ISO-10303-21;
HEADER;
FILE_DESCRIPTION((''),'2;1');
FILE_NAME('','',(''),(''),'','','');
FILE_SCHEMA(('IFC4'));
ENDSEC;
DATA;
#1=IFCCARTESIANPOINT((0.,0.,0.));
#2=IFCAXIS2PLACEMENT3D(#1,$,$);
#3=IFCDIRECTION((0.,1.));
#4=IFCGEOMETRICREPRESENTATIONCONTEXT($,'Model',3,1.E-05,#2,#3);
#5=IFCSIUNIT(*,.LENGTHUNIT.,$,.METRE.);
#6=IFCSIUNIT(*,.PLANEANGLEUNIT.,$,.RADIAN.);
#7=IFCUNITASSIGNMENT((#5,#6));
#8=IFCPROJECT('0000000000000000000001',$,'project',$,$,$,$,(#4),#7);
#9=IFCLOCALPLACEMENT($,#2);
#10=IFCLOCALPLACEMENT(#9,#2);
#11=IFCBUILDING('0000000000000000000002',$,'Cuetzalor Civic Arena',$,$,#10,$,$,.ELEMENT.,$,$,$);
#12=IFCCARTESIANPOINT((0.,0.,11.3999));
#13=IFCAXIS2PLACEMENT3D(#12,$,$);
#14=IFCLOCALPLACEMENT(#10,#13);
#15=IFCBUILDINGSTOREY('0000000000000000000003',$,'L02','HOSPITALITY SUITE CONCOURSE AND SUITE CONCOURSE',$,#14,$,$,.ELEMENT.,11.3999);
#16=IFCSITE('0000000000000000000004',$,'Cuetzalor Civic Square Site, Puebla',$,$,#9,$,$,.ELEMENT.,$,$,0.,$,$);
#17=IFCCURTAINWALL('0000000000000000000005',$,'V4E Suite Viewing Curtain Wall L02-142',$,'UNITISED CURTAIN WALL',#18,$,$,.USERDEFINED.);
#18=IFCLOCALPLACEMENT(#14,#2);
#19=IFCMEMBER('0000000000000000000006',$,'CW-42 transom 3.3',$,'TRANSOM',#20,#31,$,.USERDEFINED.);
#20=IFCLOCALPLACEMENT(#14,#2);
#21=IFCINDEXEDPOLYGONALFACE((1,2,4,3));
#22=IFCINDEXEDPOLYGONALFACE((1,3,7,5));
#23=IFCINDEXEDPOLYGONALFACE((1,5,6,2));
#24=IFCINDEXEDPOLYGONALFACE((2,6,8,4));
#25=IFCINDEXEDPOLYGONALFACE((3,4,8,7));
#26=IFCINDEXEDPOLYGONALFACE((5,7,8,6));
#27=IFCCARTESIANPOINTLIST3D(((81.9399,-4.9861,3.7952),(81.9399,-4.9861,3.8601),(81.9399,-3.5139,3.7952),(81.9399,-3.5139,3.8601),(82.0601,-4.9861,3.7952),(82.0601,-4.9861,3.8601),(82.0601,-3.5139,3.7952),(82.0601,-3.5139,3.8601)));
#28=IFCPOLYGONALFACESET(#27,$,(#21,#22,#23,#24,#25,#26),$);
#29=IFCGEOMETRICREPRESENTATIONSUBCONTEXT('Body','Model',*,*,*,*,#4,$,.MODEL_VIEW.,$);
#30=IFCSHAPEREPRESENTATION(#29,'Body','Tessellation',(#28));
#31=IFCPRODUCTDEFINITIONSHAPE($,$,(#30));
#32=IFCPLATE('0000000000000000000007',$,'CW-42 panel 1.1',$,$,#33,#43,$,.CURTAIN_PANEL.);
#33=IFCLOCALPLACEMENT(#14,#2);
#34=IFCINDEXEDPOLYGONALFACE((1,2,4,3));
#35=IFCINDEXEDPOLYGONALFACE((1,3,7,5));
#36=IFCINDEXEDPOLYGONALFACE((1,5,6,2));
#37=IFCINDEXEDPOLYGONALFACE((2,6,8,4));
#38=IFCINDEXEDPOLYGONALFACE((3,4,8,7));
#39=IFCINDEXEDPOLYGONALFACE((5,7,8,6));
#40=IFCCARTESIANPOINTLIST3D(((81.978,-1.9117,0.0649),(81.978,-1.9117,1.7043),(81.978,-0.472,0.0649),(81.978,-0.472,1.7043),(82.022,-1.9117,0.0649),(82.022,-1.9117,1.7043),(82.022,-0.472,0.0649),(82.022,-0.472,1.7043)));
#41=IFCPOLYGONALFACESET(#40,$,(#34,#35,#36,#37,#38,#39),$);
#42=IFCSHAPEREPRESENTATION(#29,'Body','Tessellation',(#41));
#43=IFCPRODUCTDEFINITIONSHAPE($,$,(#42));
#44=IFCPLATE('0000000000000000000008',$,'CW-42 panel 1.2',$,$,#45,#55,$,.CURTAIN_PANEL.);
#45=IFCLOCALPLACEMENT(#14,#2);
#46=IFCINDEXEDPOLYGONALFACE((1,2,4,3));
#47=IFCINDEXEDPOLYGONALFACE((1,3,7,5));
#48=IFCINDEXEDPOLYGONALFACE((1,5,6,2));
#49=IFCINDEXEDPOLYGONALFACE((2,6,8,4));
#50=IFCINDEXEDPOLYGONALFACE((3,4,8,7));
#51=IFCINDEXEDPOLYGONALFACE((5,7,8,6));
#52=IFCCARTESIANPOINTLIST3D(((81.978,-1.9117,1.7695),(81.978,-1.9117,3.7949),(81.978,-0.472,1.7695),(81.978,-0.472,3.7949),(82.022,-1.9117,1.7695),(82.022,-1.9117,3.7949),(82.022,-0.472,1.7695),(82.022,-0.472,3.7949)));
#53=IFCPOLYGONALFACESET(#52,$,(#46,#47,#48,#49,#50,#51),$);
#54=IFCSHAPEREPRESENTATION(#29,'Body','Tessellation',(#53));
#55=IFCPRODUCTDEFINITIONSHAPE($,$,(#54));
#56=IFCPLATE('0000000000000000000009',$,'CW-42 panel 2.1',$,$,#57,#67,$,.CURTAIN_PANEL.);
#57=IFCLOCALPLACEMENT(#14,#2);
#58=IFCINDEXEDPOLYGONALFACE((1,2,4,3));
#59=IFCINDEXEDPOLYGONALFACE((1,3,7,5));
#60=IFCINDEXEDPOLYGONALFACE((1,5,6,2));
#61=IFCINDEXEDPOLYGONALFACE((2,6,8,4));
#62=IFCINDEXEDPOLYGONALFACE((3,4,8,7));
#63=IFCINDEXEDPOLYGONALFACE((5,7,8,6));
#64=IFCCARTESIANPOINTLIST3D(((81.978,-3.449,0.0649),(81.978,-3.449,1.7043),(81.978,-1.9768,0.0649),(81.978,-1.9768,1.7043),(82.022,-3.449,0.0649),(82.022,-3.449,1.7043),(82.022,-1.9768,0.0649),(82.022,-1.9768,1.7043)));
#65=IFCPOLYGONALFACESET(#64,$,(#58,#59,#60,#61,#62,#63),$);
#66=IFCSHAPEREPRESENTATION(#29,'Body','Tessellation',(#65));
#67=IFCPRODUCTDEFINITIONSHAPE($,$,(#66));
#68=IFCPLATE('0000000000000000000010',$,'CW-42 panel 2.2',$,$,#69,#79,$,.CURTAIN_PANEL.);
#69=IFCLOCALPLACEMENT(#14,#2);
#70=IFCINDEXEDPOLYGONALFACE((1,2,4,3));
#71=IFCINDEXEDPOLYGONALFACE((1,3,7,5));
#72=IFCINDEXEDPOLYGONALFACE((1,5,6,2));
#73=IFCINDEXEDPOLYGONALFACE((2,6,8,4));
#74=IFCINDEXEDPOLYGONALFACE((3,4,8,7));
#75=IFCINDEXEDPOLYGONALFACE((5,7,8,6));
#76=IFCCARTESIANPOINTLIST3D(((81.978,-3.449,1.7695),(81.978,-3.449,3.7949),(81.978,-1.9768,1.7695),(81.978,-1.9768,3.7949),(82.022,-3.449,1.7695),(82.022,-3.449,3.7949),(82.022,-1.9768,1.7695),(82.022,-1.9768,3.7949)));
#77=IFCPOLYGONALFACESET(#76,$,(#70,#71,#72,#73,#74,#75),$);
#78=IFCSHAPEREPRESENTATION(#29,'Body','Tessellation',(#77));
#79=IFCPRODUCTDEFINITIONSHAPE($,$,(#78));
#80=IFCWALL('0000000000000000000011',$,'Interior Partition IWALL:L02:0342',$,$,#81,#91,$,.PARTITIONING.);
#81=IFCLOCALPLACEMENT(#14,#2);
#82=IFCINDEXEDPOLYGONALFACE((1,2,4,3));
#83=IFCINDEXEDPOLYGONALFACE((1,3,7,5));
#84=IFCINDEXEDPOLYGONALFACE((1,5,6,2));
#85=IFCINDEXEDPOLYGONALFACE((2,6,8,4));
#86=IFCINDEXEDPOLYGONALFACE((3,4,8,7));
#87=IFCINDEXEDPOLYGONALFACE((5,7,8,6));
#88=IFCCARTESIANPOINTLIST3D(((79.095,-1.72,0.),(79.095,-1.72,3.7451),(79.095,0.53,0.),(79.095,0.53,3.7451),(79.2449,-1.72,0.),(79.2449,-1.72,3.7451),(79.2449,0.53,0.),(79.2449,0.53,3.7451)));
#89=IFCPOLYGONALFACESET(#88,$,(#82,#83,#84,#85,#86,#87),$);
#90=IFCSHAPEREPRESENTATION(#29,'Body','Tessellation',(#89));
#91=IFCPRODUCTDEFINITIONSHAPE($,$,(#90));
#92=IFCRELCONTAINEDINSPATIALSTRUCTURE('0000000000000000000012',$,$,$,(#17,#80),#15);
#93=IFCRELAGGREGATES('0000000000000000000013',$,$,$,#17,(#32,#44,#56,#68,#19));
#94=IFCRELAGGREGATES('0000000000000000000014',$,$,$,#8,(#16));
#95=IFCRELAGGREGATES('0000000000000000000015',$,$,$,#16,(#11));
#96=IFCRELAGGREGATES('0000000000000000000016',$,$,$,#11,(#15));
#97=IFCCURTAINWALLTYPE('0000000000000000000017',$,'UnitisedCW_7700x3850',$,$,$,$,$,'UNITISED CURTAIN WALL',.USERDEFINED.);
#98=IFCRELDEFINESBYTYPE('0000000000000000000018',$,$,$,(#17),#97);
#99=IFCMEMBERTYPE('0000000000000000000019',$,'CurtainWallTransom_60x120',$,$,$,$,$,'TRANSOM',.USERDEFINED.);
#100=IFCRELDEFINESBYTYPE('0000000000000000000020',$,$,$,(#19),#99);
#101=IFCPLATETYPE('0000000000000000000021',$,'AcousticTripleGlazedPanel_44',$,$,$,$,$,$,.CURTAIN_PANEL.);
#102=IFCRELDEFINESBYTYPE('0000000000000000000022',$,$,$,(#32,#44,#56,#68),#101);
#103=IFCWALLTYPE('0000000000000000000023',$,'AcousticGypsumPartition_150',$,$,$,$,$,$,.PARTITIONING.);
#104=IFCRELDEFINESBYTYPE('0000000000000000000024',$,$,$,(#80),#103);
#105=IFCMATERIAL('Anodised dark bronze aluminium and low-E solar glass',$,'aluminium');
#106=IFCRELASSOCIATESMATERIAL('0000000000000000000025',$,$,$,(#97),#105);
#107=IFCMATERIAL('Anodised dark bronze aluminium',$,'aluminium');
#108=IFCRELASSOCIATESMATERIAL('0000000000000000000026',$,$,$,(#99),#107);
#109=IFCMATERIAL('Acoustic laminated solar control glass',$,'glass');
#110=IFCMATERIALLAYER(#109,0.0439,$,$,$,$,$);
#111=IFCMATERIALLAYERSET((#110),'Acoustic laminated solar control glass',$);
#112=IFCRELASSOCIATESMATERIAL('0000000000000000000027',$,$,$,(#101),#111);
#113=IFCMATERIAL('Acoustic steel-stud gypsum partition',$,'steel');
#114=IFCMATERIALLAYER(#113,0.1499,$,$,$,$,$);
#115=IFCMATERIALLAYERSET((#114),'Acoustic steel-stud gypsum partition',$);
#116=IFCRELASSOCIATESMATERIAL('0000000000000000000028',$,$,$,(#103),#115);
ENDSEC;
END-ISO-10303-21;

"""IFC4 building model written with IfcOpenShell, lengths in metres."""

from ifc_helpers import new_model, si_unit, direction, frame, frame_2d, origin, origin_2d, place, context, subcontext, project, spatial, rectangle, extrude, material, layer, layer_set, material_profile, profile_set, type_object, element, aggregate, save


model = new_model("IFC4")

# Units and contexts
model_context = context("Model", 3, precision=1e-05, world=origin(), true_north=direction((0.0, 1.0)))
body_context = subcontext(model_context, "Body", "Model", "MODEL_VIEW")
ifc_project = project(units=[si_unit("LENGTHUNIT", "METRE"), si_unit("PLANEANGLEUNIT", "RADIAN")], contexts=[model_context])

# Site, building, storey
site_placement = place(None, origin())
site = spatial("IfcSite", under=ifc_project, at=site_placement, Name="Cuetzalor Civic Square Site, Puebla", CompositionType="ELEMENT", RefElevation=0.0)
building_placement = place(site_placement, origin())
building = spatial("IfcBuilding", under=site, at=building_placement, Name="Cuetzalor Civic Arena", CompositionType="ELEMENT")
storey_placement = place(building_placement, frame((0.0, 0.0, 11.3999)))
storey = spatial("IfcBuildingStorey", under=building, at=storey_placement, Name="L02", Description="HOSPITALITY SUITE CONCOURSE AND SUITE CONCOURSE", CompositionType="ELEMENT", Elevation=11.3999)

# Curtain wall, member, plates
ifc_material_1 = material(Name="Anodised dark bronze aluminium and low-E solar glass", Category="aluminium")
curtain_wall_type = type_object("IfcCurtainWallType", Name="UnitisedCW_7700x3850", ElementType="UNITISED CURTAIN WALL", PredefinedType="USERDEFINED", material=ifc_material_1)
curtain_wall_placement = place(storey_placement, origin())
curtain_wall = element("IfcCurtainWall", 1, at=curtain_wall_placement, inside=storey, type_object=curtain_wall_type, Name="V4E Suite Viewing Curtain Wall L02-142", ObjectType="UNITISED CURTAIN WALL", PredefinedType="USERDEFINED")
ifc_material_2 = material(Name="Anodised dark bronze aluminium", Category="aluminium")
ifc_material_profile_1 = material_profile(ifc_material_2, rectangle(XDim=0.1201, YDim=0.0649, at=origin_2d()), Name="ALU TRANSOM 65x120")
ifc_profile_set_1 = profile_set([ifc_material_profile_1], Name="Anodised dark bronze aluminium")
member_type_1 = type_object("IfcMemberType", Name="CurtainWallTransom_60x120", ElementType="TRANSOM", PredefinedType="USERDEFINED", material=ifc_profile_set_1)
member_1_placement = place(storey_placement, frame((82.0, -3.5139, 3.8276), z_axis=(0.0, -1.0, 0.0), x_axis=(1.0, 0.0, 0.0)))
member_1 = element("IfcMember", 2, at=member_1_placement, type_object=member_type_1, Name="CW-42 transom 3.3", ObjectType="TRANSOM", PredefinedType="USERDEFINED", context=body_context, shape_type="SweptSolid", body=[
    extrude(rectangle(XDim=0.1201, YDim=0.0649, at=origin_2d()), origin(), (0.0, 0.0, 1.0), 1.4722),
])
ifc_material_3 = material(Name="Acoustic laminated solar control glass", Category="glass")
ifc_layer_1 = layer(ifc_material_3, 0.0439)
ifc_layer_set_1 = layer_set([ifc_layer_1], Name="Acoustic laminated solar control glass")
plate_type = type_object("IfcPlateType", Name="AcousticTripleGlazedPanel_44", PredefinedType="CURTAIN_PANEL", material=ifc_layer_set_1)
plate_1_placement = place(storey_placement, frame((82.0, -1.1919, 0.0649), z_axis=(0.0, 0.0, 1.0), x_axis=(0.0, -1.0, 0.0)))
plate_1 = element("IfcPlate", 3, at=plate_1_placement, type_object=plate_type, Name="CW-42 panel 1.1", PredefinedType="CURTAIN_PANEL", context=body_context, shape_type="SweptSolid", body=[
    extrude(rectangle(XDim=1.4397, YDim=0.0439, at=origin_2d()), origin(), (0.0, 0.0, 1.0), 1.6394),
])
plate_2_placement = place(storey_placement, frame((82.0, -1.1919, 1.7695), z_axis=(0.0, 0.0, 1.0), x_axis=(0.0, -1.0, 0.0)))
plate_2 = element("IfcPlate", 4, at=plate_2_placement, type_object=plate_type, Name="CW-42 panel 1.2", PredefinedType="CURTAIN_PANEL", context=body_context, shape_type="SweptSolid", body=[
    extrude(rectangle(XDim=1.4397, YDim=0.0439, at=origin_2d()), origin(), (0.0, 0.0, 1.0), 2.0254),
])
plate_3_placement = place(storey_placement, frame((82.0, -2.7129, 0.0649), z_axis=(0.0, 0.0, 1.0), x_axis=(0.0, -1.0, 0.0)))
plate_3 = element("IfcPlate", 5, at=plate_3_placement, type_object=plate_type, Name="CW-42 panel 2.1", PredefinedType="CURTAIN_PANEL", context=body_context, shape_type="SweptSolid", body=[
    extrude(rectangle(XDim=1.4722, YDim=0.0439, at=origin_2d()), origin(), (0.0, 0.0, 1.0), 1.6394),
])
plate_4_placement = place(storey_placement, frame((82.0, -2.7129, 1.7695), z_axis=(0.0, 0.0, 1.0), x_axis=(0.0, -1.0, 0.0)))
plate_4 = element("IfcPlate", 6, at=plate_4_placement, type_object=plate_type, Name="CW-42 panel 2.2", PredefinedType="CURTAIN_PANEL", context=body_context, shape_type="SweptSolid", body=[
    extrude(rectangle(XDim=1.4722, YDim=0.0439, at=origin_2d()), origin(), (0.0, 0.0, 1.0), 2.0254),
])
aggregate(curtain_wall, [plate_1, plate_2, plate_3, plate_4, member_1])

# Shared definitions
ifc_material_4 = material(Name="Acoustic steel-stud gypsum partition", Category="steel")
ifc_layer_2 = layer(ifc_material_4, 0.1499)
ifc_layer_set_2 = layer_set([ifc_layer_2], Name="Acoustic steel-stud gypsum partition")
wall_type = type_object("IfcWallType", Name="AcousticGypsumPartition_150", PredefinedType="PARTITIONING", material=ifc_layer_set_2)

# Wall
wall_1_placement = place(storey_placement, frame((79.1699, -1.72, 0.0), z_axis=(0.0, 0.0, 1.0), x_axis=(0.0, 1.0, 0.0)))
element("IfcWall", 7, at=wall_1_placement, inside=storey, type_object=wall_type, Name="Interior Partition IWALL:L02:0342", PredefinedType="PARTITIONING", context=body_context, shape_type="SweptSolid", body=[
    extrude(rectangle(XDim=2.25, YDim=0.1499, at=frame_2d((1.125, 0.0))), origin(), (0.0, 0.0, 1.0), 3.7451),
])

save(model, "model.ifc")
